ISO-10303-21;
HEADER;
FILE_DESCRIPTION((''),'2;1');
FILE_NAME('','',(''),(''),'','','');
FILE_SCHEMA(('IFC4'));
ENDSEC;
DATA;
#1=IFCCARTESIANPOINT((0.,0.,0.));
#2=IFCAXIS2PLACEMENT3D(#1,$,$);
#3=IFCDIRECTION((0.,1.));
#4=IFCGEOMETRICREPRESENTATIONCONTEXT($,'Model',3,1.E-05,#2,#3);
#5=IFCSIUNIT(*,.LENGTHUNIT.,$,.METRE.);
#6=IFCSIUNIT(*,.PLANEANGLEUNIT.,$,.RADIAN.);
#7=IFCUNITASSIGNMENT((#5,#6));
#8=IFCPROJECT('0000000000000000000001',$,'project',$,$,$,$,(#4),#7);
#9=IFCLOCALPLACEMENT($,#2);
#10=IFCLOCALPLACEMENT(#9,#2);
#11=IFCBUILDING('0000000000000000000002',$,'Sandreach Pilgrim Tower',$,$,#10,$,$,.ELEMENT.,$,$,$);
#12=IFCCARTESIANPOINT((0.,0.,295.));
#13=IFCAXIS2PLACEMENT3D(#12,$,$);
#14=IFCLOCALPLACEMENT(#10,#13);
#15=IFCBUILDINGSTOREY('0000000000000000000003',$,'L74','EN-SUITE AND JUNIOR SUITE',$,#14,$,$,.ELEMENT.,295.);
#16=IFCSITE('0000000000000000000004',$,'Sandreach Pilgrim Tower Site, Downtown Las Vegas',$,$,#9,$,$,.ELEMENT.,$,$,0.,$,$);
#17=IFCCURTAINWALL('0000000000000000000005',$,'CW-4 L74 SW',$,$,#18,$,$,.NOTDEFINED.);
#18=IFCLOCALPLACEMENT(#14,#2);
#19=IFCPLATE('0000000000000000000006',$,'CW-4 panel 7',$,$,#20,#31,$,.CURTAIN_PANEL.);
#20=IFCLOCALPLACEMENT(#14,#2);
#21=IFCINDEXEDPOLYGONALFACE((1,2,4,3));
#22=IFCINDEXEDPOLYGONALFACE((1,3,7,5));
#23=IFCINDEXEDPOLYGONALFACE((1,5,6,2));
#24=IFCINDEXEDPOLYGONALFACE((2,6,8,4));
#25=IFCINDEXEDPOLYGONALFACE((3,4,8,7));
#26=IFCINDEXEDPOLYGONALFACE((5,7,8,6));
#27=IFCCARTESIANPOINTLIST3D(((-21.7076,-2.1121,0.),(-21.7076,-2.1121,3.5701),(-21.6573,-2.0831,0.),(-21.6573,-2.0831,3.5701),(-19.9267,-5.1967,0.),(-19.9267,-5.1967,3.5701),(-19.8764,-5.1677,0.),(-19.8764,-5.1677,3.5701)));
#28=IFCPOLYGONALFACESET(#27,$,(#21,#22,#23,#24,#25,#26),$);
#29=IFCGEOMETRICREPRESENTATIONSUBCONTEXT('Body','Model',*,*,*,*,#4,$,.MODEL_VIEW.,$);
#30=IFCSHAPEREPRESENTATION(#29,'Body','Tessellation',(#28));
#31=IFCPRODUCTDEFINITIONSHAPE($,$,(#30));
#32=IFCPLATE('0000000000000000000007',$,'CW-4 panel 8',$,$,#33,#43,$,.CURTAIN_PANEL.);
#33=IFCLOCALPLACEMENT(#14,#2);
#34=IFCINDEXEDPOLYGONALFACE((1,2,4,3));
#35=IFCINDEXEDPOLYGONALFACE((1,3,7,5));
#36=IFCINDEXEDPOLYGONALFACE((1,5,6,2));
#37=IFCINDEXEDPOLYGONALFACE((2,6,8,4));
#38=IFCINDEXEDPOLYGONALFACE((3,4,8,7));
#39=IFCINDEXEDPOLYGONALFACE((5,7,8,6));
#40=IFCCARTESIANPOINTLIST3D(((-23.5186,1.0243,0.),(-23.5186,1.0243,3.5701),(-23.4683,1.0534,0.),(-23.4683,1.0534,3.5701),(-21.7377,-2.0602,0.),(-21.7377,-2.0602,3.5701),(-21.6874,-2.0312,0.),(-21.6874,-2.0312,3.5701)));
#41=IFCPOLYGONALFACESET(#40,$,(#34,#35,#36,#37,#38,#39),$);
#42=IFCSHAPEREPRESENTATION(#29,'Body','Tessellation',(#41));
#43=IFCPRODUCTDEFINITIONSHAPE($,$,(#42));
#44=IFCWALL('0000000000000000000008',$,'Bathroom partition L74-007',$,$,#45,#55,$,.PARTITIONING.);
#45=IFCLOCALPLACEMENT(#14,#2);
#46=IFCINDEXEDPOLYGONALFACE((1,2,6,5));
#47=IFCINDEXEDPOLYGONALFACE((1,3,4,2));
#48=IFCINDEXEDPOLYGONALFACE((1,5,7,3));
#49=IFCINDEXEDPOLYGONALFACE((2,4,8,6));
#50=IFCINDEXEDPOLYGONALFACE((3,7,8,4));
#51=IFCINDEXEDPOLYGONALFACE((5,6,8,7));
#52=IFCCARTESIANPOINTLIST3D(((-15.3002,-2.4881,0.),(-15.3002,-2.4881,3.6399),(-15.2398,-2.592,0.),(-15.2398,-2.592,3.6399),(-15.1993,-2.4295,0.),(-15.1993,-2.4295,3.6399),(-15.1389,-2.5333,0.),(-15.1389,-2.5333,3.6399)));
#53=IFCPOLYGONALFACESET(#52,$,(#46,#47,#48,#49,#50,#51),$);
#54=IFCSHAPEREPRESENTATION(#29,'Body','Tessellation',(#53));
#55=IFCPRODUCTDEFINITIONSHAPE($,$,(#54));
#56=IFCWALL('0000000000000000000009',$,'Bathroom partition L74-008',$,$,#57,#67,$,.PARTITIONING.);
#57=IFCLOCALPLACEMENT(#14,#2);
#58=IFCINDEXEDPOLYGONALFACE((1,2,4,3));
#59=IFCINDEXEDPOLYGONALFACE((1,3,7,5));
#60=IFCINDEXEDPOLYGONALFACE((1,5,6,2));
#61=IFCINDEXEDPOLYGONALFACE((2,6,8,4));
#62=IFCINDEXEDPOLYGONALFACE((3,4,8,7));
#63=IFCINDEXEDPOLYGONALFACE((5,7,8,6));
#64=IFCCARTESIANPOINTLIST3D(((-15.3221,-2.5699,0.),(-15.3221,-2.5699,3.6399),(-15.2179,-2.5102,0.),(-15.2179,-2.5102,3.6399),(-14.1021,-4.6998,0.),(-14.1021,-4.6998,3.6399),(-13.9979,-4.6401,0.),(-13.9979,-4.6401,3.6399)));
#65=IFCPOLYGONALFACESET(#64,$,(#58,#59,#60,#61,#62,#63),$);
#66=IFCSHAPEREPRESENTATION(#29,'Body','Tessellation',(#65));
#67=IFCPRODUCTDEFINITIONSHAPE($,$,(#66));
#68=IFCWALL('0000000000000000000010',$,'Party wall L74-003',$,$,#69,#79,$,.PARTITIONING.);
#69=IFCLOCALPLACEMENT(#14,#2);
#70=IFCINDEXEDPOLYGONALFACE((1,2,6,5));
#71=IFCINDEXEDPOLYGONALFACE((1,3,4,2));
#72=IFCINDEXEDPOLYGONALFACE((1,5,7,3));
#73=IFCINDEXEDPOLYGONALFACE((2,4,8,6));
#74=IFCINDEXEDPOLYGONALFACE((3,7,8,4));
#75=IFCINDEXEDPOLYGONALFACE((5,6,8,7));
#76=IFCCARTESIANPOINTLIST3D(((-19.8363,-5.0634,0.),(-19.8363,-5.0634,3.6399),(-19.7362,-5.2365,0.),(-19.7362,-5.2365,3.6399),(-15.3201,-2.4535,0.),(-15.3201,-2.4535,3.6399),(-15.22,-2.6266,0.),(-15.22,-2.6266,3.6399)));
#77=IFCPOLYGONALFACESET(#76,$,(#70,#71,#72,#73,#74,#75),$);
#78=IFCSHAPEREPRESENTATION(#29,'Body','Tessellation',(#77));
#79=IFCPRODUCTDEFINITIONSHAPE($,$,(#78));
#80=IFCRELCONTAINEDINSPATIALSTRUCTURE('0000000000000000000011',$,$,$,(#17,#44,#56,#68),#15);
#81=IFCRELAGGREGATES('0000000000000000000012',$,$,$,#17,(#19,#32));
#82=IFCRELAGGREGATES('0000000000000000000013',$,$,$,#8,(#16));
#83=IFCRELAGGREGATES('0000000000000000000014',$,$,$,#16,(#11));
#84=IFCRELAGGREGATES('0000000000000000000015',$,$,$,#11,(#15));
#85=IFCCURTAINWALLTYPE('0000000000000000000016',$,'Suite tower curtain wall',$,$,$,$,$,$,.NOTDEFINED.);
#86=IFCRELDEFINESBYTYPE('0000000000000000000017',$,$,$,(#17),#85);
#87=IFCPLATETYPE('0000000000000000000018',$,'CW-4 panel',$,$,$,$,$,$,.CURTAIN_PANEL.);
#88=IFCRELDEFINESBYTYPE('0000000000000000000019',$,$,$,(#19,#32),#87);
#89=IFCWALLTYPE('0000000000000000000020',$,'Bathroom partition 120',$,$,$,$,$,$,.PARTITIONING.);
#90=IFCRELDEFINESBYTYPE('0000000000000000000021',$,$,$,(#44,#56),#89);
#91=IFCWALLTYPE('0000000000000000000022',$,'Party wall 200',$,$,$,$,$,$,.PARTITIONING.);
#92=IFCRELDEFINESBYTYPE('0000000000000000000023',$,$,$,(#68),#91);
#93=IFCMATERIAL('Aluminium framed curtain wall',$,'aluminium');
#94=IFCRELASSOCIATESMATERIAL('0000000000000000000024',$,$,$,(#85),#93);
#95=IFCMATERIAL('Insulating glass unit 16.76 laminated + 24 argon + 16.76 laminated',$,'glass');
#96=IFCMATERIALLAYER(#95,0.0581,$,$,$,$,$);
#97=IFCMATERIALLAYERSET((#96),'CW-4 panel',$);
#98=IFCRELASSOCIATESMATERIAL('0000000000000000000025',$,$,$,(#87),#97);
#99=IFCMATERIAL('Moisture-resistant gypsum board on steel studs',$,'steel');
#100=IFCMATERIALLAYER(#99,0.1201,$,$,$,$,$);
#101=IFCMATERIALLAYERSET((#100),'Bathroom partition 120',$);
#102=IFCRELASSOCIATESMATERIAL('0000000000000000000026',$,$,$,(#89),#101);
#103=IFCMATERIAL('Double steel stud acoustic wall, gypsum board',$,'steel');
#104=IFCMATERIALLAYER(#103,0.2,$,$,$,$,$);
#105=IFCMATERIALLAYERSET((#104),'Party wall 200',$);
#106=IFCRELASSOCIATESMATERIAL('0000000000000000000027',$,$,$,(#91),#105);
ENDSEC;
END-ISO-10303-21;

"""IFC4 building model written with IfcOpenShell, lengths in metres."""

from ifc_helpers import new_model, si_unit, direction, frame, frame_2d, origin, origin_2d, place, context, subcontext, project, spatial, rectangle, extrude, material, layer, layer_set, type_object, element, aggregate, save


model = new_model("IFC4")

# Units and contexts
model_context = context("Model", 3, precision=1e-05, world=origin(), true_north=direction((0.0, 1.0)))
body_context = subcontext(model_context, "Body", "Model", "MODEL_VIEW")
ifc_project = project(units=[si_unit("LENGTHUNIT", "METRE"), si_unit("PLANEANGLEUNIT", "RADIAN")], contexts=[model_context])

# Site, building, storey
site_placement = place(None, origin())
site = spatial("IfcSite", under=ifc_project, at=site_placement, Name="Sandreach Pilgrim Tower Site, Downtown Las Vegas", CompositionType="ELEMENT", RefElevation=0.0)
building_placement = place(site_placement, origin())
building = spatial("IfcBuilding", under=site, at=building_placement, Name="Sandreach Pilgrim Tower", CompositionType="ELEMENT")
storey_placement = place(building_placement, frame((0.0, 0.0, 295.0)))
storey = spatial("IfcBuildingStorey", under=building, at=storey_placement, Name="L74", Description="EN-SUITE AND JUNIOR SUITE", CompositionType="ELEMENT", Elevation=295.0)

# Curtain wall
ifc_material_1 = material(Name="Aluminium framed curtain wall", Category="aluminium")
curtain_wall_type = type_object("IfcCurtainWallType", Name="Suite tower curtain wall", PredefinedType="NOTDEFINED", material=ifc_material_1)
curtain_wall_placement = place(storey_placement, origin())
curtain_wall = element("IfcCurtainWall", 1, at=curtain_wall_placement, inside=storey, type_object=curtain_wall_type, Name="CW-4 L74 SW", PredefinedType="NOTDEFINED")

# Plates
ifc_material_2 = material(Name="Insulating glass unit 16.76 laminated + 24 argon + 16.76 laminated", Category="glass")
ifc_layer_1 = layer(ifc_material_2, 0.0581)
ifc_layer_set_1 = layer_set([ifc_layer_1], Name="CW-4 panel")
plate_type = type_object("IfcPlateType", Name="CW-4 panel", PredefinedType="CURTAIN_PANEL", material=ifc_layer_set_1)
plate_1_placement = place(storey_placement, frame((-20.792, -3.6399, 0.0), z_axis=(0.0, 0.0, 1.0), x_axis=(-0.5, 0.866025, 0.0)))
plate_1 = element("IfcPlate", 2, at=plate_1_placement, type_object=plate_type, Name="CW-4 panel 7", PredefinedType="CURTAIN_PANEL", context=body_context, shape_type="SweptSolid", body=[
    extrude(rectangle(XDim=3.5618, YDim=0.0581, at=origin_2d()), origin(), (0.0, 0.0, 1.0), 3.5701),
])
plate_2_placement = place(storey_placement, frame((-22.603, -0.5034, 0.0), z_axis=(0.0, 0.0, 1.0), x_axis=(-0.5, 0.866025, 0.0)))
plate_2 = element("IfcPlate", 3, at=plate_2_placement, type_object=plate_type, Name="CW-4 panel 8", PredefinedType="CURTAIN_PANEL", context=body_context, shape_type="SweptSolid", body=[
    extrude(rectangle(XDim=3.5618, YDim=0.0581, at=origin_2d()), origin(), (0.0, 0.0, 1.0), 3.5701),
])
aggregate(curtain_wall, [plate_1, plate_2])

# Walls
ifc_material_3 = material(Name="Moisture-resistant gypsum board on steel studs", Category="steel")
ifc_layer_2 = layer(ifc_material_3, 0.1201)
ifc_layer_set_2 = layer_set([ifc_layer_2], Name="Bathroom partition 120")
wall_type_1 = type_object("IfcWallType", Name="Bathroom partition 120", PredefinedType="PARTITIONING", material=ifc_layer_set_2)
wall_1_placement = place(storey_placement, frame((-15.27, -2.54, 0.0), z_axis=(0.0, 0.0, 1.0), x_axis=(0.864613, 0.502439, 0.0)))
element("IfcWall", 4, at=wall_1_placement, inside=storey, type_object=wall_type_1, Name="Bathroom partition L74-007", PredefinedType="PARTITIONING", context=body_context, shape_type="SweptSolid", body=[
    extrude(rectangle(XDim=0.1167, YDim=0.1201, at=frame_2d((0.0583, 0.0))), origin(), (0.0, 0.0, 1.0), 3.6399),
])
wall_2_placement = place(storey_placement, frame((-15.27, -2.54, 0.0), z_axis=(0.0, 0.0, 1.0), x_axis=(0.497028, -0.867735, 0.0)))
element("IfcWall", 5, at=wall_2_placement, inside=storey, type_object=wall_type_1, Name="Bathroom partition L74-008", PredefinedType="PARTITIONING", context=body_context, shape_type="SweptSolid", body=[
    extrude(rectangle(XDim=2.4546, YDim=0.1201, at=frame_2d((1.2273, 0.0))), origin(), (0.0, 0.0, 1.0), 3.6399),
])
ifc_material_4 = material(Name="Double steel stud acoustic wall, gypsum board", Category="steel")
ifc_layer_3 = layer(ifc_material_4, 0.2)
ifc_layer_set_3 = layer_set([ifc_layer_3], Name="Party wall 200")
wall_type_2 = type_object("IfcWallType", Name="Party wall 200", PredefinedType="PARTITIONING", material=ifc_layer_set_3)
wall_3_placement = place(storey_placement, frame((-19.7861, -5.1499, 0.0), z_axis=(0.0, 0.0, 1.0), x_axis=(0.865819, 0.500357, 0.0)))
element("IfcWall", 6, at=wall_3_placement, inside=storey, type_object=wall_type_2, Name="Party wall L74-003", PredefinedType="PARTITIONING", context=body_context, shape_type="SweptSolid", body=[
    extrude(rectangle(XDim=5.2161, YDim=0.2, at=frame_2d((2.6079, 0.0))), origin(), (0.0, 0.0, 1.0), 3.6399),
])

save(model, "model.ifc")
